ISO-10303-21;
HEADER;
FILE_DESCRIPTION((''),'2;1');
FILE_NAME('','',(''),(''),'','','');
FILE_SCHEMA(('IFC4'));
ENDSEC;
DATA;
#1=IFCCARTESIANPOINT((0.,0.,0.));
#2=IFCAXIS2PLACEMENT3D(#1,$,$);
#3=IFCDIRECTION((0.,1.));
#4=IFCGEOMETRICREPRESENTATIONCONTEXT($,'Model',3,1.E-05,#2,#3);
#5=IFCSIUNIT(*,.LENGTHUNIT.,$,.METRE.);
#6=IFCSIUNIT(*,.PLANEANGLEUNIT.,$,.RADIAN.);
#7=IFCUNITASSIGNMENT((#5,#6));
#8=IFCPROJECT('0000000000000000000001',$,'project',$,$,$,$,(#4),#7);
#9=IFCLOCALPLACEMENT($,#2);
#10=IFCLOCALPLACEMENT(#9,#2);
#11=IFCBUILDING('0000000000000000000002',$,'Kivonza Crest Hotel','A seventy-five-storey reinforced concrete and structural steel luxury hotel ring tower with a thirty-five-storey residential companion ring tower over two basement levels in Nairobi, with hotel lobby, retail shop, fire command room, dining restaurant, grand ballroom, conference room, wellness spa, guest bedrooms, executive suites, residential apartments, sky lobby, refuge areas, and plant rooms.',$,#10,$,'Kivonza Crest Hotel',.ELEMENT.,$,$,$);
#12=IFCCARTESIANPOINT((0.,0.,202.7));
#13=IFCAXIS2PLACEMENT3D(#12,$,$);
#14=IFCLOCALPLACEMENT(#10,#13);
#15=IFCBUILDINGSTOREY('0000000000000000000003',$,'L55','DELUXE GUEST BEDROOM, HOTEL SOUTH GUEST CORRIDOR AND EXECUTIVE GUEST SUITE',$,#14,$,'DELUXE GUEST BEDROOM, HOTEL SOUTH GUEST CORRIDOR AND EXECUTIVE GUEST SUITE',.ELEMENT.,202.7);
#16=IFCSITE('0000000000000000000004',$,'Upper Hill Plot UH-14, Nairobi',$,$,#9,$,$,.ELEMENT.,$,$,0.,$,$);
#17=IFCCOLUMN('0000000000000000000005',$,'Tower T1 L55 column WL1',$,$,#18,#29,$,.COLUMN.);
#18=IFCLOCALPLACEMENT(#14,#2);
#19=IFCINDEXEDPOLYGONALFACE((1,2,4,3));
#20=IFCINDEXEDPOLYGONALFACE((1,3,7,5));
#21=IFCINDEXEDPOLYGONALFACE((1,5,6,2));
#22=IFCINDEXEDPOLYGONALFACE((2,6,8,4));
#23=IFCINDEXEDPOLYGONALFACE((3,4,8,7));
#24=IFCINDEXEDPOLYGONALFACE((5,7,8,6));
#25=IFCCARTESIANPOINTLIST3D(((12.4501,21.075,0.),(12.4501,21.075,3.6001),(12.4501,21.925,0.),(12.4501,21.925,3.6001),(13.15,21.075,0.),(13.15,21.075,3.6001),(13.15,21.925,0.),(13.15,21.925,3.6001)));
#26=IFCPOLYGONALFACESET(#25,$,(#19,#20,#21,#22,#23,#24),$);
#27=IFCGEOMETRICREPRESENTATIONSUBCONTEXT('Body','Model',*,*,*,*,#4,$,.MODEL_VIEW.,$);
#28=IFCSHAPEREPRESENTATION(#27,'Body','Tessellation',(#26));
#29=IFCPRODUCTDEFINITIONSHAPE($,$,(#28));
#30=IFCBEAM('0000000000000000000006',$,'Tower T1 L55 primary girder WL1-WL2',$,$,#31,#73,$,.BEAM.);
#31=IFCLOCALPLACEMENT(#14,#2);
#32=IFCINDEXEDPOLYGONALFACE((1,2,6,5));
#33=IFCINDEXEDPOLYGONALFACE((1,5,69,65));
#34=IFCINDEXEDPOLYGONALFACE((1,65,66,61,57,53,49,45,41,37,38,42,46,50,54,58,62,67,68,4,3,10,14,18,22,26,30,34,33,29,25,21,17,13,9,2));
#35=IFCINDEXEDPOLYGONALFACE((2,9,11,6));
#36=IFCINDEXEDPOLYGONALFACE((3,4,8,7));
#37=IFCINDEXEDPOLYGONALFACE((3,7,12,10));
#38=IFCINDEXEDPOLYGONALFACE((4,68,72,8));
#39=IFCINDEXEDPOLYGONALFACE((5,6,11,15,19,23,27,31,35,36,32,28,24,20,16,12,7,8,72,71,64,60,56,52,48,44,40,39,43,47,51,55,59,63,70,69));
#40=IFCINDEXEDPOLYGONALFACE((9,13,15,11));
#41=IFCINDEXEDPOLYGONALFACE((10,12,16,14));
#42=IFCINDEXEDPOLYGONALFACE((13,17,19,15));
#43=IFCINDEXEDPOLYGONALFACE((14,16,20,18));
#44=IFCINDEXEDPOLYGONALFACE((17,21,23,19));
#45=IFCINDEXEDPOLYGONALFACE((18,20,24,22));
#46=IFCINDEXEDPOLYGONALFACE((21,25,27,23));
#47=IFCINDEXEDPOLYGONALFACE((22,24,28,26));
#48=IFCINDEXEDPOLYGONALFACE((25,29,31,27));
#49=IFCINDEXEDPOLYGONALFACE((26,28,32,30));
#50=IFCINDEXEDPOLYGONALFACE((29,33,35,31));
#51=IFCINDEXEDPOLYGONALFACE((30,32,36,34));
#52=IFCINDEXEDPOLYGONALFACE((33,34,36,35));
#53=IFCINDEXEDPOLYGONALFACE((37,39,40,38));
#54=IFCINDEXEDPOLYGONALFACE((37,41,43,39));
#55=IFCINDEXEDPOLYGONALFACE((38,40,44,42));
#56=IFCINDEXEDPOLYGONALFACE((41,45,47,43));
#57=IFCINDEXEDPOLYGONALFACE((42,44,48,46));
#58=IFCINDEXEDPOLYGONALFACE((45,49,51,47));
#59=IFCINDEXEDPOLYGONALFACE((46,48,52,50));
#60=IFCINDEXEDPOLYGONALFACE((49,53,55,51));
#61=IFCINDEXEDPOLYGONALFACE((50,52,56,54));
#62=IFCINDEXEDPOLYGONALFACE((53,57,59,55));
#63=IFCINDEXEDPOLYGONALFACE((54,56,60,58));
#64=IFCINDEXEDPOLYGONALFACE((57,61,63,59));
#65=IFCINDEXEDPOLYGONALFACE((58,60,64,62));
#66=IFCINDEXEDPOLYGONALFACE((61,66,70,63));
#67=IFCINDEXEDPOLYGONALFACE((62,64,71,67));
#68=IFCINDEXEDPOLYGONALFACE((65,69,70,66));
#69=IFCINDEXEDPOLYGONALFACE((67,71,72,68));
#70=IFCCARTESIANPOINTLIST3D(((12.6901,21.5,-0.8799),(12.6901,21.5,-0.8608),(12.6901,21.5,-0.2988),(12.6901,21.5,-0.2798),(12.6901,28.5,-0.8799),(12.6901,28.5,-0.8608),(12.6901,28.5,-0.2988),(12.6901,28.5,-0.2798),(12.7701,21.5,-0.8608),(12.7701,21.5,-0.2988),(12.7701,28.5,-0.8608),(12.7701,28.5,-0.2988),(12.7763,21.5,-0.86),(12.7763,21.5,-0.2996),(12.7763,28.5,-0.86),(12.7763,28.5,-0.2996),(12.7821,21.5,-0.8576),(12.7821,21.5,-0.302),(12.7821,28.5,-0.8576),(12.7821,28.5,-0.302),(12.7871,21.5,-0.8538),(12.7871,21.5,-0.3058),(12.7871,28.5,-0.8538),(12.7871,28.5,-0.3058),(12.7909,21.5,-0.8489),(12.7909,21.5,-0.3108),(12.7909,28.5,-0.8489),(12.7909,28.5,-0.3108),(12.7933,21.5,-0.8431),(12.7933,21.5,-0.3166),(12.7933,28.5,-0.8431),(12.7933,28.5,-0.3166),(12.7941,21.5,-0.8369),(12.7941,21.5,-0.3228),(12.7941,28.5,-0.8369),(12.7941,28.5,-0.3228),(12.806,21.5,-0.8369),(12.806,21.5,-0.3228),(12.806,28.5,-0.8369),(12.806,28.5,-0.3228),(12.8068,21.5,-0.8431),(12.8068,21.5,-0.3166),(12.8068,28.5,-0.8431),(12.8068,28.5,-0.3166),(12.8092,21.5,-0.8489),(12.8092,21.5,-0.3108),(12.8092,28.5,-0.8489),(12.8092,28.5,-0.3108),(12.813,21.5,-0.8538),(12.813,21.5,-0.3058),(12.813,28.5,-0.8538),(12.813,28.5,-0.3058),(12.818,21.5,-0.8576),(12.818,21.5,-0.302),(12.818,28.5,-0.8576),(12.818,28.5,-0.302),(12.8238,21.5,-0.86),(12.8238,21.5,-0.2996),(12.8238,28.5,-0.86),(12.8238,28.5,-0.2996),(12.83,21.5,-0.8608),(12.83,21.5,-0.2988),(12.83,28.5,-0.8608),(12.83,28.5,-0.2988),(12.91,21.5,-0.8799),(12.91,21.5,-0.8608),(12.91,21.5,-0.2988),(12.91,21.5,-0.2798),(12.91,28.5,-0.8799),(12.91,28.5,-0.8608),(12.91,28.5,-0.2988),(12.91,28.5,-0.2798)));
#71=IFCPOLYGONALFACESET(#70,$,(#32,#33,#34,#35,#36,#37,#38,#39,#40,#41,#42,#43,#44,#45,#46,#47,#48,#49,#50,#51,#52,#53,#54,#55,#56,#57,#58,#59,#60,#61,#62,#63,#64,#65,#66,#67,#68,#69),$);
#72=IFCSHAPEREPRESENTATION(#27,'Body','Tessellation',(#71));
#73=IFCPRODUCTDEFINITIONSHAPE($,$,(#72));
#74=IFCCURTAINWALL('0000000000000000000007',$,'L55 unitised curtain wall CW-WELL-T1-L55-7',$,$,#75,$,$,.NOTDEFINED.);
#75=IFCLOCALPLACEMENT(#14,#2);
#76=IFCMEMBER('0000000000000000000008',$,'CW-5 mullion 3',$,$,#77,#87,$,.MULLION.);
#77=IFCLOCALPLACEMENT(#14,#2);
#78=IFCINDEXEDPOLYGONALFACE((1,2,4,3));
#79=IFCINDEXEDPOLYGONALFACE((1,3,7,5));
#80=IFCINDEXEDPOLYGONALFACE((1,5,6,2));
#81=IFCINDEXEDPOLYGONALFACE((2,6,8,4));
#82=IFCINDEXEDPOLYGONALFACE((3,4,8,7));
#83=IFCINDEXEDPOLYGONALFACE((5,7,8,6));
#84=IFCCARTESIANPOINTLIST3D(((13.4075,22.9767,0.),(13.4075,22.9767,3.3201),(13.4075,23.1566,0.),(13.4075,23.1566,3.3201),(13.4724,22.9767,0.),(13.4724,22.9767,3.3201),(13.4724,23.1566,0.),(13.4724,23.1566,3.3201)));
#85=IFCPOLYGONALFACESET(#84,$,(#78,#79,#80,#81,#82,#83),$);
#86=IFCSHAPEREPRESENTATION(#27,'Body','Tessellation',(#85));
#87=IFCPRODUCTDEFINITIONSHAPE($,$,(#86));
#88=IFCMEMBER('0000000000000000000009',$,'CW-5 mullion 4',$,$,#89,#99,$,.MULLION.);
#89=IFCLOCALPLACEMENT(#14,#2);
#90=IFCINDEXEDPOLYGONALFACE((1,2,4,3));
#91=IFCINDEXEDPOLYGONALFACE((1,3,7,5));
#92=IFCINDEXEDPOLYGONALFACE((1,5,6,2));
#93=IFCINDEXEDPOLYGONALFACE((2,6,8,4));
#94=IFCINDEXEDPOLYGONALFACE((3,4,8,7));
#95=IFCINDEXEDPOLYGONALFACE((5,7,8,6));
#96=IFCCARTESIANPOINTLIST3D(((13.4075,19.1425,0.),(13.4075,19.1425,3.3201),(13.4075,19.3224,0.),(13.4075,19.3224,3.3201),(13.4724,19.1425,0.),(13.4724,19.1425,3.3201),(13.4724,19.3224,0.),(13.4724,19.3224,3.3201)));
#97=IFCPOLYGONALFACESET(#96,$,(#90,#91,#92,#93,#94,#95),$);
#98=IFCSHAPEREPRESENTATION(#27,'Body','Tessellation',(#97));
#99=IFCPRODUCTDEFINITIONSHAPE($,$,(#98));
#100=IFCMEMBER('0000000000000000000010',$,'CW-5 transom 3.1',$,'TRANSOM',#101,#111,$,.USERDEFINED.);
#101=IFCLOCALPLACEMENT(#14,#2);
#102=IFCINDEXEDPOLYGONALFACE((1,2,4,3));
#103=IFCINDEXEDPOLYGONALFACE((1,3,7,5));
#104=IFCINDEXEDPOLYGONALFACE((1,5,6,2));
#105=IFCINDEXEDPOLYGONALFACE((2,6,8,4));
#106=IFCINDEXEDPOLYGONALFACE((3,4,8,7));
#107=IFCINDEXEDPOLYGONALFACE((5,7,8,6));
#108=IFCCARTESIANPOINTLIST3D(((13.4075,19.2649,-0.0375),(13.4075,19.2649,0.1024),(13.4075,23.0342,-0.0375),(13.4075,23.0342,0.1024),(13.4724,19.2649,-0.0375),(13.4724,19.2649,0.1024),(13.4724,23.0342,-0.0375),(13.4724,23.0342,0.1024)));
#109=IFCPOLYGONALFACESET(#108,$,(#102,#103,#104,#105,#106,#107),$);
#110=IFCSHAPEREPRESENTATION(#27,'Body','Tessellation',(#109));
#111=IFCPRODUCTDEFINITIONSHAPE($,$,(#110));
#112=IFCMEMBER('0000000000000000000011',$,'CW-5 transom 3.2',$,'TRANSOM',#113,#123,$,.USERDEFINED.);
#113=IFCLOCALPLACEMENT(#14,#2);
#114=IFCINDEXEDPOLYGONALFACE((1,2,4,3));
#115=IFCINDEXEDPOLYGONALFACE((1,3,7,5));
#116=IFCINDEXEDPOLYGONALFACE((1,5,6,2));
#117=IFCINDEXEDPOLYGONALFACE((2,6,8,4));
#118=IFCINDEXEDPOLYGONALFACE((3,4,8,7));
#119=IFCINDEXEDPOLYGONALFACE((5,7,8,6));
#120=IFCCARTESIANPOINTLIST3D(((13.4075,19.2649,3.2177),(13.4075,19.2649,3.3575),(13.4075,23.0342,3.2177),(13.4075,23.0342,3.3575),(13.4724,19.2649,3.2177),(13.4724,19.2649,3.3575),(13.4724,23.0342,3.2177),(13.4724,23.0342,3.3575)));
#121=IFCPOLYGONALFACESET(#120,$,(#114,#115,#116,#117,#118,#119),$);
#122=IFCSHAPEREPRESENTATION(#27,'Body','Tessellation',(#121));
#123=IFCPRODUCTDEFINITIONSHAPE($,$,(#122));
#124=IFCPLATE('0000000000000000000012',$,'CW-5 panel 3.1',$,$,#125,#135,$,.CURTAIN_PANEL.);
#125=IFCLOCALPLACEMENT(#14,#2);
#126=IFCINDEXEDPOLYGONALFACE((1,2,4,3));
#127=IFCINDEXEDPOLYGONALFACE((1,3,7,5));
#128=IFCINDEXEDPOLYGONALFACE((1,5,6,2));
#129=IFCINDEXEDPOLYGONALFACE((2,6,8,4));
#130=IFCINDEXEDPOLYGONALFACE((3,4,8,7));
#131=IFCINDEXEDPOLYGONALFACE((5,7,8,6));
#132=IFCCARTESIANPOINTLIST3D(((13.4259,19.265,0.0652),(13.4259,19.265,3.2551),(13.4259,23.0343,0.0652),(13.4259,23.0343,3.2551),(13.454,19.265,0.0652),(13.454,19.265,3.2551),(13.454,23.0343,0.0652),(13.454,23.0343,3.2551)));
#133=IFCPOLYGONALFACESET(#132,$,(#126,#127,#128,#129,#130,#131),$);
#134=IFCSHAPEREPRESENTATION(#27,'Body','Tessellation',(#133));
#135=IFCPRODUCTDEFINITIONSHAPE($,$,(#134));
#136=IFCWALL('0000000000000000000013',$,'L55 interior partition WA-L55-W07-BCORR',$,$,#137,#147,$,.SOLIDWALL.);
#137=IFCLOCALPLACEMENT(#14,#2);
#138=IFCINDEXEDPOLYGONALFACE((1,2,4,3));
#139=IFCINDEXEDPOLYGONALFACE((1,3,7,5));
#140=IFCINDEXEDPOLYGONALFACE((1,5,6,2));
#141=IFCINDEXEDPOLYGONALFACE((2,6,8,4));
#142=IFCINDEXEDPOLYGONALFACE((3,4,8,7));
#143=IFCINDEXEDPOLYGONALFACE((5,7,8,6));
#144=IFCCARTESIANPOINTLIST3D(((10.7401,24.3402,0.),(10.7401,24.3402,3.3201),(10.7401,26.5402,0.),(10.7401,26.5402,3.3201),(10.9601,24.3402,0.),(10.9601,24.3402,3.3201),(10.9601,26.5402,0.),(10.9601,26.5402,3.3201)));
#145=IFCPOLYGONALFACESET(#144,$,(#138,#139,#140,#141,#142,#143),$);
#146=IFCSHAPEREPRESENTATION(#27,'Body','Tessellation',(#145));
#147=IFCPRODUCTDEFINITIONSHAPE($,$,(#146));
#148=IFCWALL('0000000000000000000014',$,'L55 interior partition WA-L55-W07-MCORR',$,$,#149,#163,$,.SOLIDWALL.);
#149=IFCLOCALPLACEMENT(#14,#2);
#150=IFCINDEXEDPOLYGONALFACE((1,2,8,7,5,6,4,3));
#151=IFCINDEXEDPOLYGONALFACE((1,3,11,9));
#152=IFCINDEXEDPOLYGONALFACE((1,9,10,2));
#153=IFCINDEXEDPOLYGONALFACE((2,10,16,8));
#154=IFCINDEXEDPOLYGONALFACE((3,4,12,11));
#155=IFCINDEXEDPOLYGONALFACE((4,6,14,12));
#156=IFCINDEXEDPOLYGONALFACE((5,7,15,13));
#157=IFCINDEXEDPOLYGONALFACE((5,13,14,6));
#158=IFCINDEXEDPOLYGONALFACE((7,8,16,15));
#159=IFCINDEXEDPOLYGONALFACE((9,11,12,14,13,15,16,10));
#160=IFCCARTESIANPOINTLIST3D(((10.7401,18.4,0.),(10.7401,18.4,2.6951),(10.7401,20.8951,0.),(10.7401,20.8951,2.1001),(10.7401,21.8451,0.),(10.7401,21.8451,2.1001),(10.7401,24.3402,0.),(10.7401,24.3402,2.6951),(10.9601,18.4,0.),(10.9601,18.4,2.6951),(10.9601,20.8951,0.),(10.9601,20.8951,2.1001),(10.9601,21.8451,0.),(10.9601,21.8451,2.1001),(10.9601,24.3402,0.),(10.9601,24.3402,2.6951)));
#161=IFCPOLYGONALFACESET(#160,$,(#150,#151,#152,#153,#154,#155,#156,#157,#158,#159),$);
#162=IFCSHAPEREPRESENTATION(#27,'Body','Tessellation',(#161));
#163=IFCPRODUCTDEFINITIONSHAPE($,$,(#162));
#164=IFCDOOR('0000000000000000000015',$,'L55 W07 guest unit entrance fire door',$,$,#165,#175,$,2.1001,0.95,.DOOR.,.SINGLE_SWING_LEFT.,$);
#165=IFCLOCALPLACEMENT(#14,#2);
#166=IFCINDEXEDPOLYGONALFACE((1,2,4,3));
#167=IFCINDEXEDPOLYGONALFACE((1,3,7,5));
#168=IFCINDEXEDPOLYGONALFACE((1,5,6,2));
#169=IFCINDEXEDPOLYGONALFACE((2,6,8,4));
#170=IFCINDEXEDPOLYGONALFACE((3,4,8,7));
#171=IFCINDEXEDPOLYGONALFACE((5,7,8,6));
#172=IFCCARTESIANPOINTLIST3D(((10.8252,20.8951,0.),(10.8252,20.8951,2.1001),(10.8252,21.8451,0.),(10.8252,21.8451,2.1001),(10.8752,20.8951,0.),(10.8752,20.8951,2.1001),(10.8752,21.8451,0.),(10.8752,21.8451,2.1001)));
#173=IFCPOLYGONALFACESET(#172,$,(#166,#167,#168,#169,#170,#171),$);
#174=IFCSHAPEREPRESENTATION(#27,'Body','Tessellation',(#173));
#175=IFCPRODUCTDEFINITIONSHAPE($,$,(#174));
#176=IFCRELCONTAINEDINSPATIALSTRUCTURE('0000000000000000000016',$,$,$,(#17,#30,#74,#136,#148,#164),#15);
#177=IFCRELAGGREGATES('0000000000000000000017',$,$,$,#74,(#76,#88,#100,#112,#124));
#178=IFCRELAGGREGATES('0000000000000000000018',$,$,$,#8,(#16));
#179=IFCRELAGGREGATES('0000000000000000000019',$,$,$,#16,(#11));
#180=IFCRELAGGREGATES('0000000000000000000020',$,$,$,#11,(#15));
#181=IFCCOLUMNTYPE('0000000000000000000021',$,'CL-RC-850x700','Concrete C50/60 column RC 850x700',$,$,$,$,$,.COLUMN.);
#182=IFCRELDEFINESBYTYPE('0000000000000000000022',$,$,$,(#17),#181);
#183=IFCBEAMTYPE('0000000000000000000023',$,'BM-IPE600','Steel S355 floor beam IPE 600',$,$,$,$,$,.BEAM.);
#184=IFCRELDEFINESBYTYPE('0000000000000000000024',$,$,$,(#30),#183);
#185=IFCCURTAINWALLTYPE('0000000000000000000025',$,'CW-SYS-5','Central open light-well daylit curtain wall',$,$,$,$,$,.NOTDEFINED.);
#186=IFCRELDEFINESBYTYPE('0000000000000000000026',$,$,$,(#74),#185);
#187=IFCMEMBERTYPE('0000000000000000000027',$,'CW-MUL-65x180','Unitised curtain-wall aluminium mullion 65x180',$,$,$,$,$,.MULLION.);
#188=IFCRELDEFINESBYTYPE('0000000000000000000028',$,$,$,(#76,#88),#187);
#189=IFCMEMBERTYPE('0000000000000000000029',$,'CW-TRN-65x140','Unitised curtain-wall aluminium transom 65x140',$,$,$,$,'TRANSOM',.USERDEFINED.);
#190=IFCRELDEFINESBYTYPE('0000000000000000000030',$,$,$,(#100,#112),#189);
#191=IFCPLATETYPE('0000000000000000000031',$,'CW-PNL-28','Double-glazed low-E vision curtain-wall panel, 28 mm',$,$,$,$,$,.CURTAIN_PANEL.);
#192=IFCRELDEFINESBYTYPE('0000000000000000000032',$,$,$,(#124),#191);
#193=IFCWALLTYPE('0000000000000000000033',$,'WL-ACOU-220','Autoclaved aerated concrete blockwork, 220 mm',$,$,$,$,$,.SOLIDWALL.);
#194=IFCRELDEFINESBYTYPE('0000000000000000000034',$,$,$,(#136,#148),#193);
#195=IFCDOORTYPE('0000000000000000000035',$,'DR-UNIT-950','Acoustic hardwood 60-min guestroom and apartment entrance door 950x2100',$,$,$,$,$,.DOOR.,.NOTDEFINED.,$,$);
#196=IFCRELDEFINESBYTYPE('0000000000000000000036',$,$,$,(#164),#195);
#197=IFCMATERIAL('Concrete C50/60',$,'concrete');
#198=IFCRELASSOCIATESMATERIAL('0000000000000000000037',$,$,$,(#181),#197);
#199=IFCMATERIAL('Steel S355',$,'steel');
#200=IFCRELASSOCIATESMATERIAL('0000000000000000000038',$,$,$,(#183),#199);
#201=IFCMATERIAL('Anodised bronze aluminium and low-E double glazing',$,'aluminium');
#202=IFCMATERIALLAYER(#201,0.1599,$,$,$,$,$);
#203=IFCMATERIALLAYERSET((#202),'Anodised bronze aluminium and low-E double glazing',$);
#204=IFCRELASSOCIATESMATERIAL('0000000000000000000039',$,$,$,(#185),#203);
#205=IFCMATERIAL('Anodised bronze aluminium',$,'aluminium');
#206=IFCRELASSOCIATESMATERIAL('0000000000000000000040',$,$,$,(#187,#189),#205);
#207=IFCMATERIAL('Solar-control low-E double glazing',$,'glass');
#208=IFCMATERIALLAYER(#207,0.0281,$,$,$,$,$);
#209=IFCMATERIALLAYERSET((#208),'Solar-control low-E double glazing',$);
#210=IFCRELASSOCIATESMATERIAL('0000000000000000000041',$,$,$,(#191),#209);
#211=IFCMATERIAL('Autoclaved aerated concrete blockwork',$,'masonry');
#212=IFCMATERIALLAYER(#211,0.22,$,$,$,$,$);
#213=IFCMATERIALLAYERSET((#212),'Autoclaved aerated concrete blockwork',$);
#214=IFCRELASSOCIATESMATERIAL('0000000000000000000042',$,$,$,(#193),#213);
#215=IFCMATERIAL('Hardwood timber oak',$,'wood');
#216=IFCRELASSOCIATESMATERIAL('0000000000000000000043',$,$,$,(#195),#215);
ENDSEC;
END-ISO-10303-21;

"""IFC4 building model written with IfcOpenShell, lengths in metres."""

from ifc_helpers import new_model, si_unit, direction, frame, frame_2d, origin, origin_2d, place, context, subcontext, project, spatial, rectangle, i_section, extrude, material, layer, layer_set, material_profile, profile_set, type_object, element, fill, aggregate, save


model = new_model("IFC4")

# Units and contexts
model_context = context("Model", 3, precision=1e-05, world=origin(), true_north=direction((0.0, 1.0)))
body_context = subcontext(model_context, "Body", "Model", "MODEL_VIEW")
ifc_project = project(units=[si_unit("LENGTHUNIT", "METRE"), si_unit("PLANEANGLEUNIT", "RADIAN")], contexts=[model_context])

# Site, building, storey
site_placement = place(None, origin())
site = spatial("IfcSite", under=ifc_project, at=site_placement, Name="Upper Hill Plot UH-14, Nairobi", CompositionType="ELEMENT", RefElevation=0.0)
building_placement = place(site_placement, origin())
building = spatial("IfcBuilding", under=site, at=building_placement, Name="Kivonza Crest Hotel", Description="A seventy-five-storey reinforced concrete and structural steel luxury hotel ring tower with a thirty-five-storey residential companion ring tower over two basement levels in Nairobi, with hotel lobby, retail shop, fire command room, dining restaurant, grand ballroom, conference room, wellness spa, guest bedrooms, executive suites, residential apartments, sky lobby, refuge areas, and plant rooms.", LongName="Kivonza Crest Hotel", CompositionType="ELEMENT")
storey_placement = place(building_placement, frame((0.0, 0.0, 202.7)))
storey = spatial("IfcBuildingStorey", under=building, at=storey_placement, Name="L55", Description="DELUXE GUEST BEDROOM, HOTEL SOUTH GUEST CORRIDOR AND EXECUTIVE GUEST SUITE", LongName="DELUXE GUEST BEDROOM, HOTEL SOUTH GUEST CORRIDOR AND EXECUTIVE GUEST SUITE", CompositionType="ELEMENT", Elevation=202.7)

# Column
ifc_material_1 = material(Name="Concrete C50/60", Category="concrete")
ifc_material_profile_1 = material_profile(ifc_material_1, rectangle(XDim=0.7, YDim=0.8501, at=origin_2d()), Name="RC 850x700")
ifc_profile_set_1 = profile_set([ifc_material_profile_1], Name="Concrete C50/60")
column_type = type_object("IfcColumnType", Name="CL-RC-850x700", Description="Concrete C50/60 column RC 850x700", PredefinedType="COLUMN", material=ifc_profile_set_1)
column_placement = place(storey_placement, frame((12.8, 21.5, 0.0), z_axis=(0.0, 0.0, 1.0), x_axis=(1.0, 0.0, 0.0)))
element("IfcColumn", 1, at=column_placement, inside=storey, type_object=column_type, Name="Tower T1 L55 column WL1", PredefinedType="COLUMN", context=body_context, shape_type="SweptSolid", body=[
    extrude(rectangle(XDim=0.7, YDim=0.8501, at=origin_2d()), origin(), (0.0, 0.0, 1.0), 3.6001),
])

# Beam
ifc_material_2 = material(Name="Steel S355", Category="steel")
ifc_material_profile_2 = material_profile(ifc_material_2, i_section(OverallWidth=0.22, OverallDepth=0.6001, WebThickness=0.012, FlangeThickness=0.019, FilletRadius=0.0239, at=origin_2d()), Name="IPE 600")
ifc_profile_set_2 = profile_set([ifc_material_profile_2], Name="Steel S355")
beam_type = type_object("IfcBeamType", Name="BM-IPE600", Description="Steel S355 floor beam IPE 600", PredefinedType="BEAM", material=ifc_profile_set_2)
beam_placement = place(storey_placement, frame((12.8, 21.5, -0.5798), z_axis=(0.0, 1.0, 0.0), x_axis=(-1.0, 0.0, 0.0)))
element("IfcBeam", 2, at=beam_placement, inside=storey, type_object=beam_type, Name="Tower T1 L55 primary girder WL1-WL2", PredefinedType="BEAM", context=body_context, shape_type="SweptSolid", body=[
    extrude(i_section(OverallWidth=0.22, OverallDepth=0.6001, WebThickness=0.012, FlangeThickness=0.019, FilletRadius=0.0239, at=origin_2d()), origin(), (0.0, 0.0, 1.0), 7.0),
])

# Curtain wall, members, plate
ifc_material_3 = material(Name="Anodised bronze aluminium and low-E double glazing", Category="aluminium")
ifc_layer_1 = layer(ifc_material_3, 0.1599)
ifc_layer_set_1 = layer_set([ifc_layer_1], Name="Anodised bronze aluminium and low-E double glazing")
curtain_wall_type = type_object("IfcCurtainWallType", Name="CW-SYS-5", Description="Central open light-well daylit curtain wall", PredefinedType="NOTDEFINED", material=ifc_layer_set_1)
curtain_wall_placement = place(storey_placement, origin())
curtain_wall = element("IfcCurtainWall", 3, at=curtain_wall_placement, inside=storey, type_object=curtain_wall_type, Name="L55 unitised curtain wall CW-WELL-T1-L55-7", PredefinedType="NOTDEFINED")
ifc_material_4 = material(Name="Anodised bronze aluminium", Category="aluminium")
ifc_material_profile_3 = material_profile(ifc_material_4, rectangle(XDim=0.0649, YDim=0.1799, at=origin_2d()), Name="CW-M 65x180")
ifc_profile_set_3 = profile_set([ifc_material_profile_3], Name="Anodised bronze aluminium")
member_type_1 = type_object("IfcMemberType", Name="CW-MUL-65x180", Description="Unitised curtain-wall aluminium mullion 65x180", PredefinedType="MULLION", material=ifc_profile_set_3)
member_1_placement = place(storey_placement, frame((13.4399, 23.0667, 0.0), z_axis=(0.0, 0.0, 1.0), x_axis=(1.0, 0.0, 0.0)))
member_1 = element("IfcMember", 4, at=member_1_placement, type_object=member_type_1, Name="CW-5 mullion 3", PredefinedType="MULLION", context=body_context, shape_type="SweptSolid", body=[
    extrude(rectangle(XDim=0.0649, YDim=0.1799, at=origin_2d()), origin(), (0.0, 0.0, 1.0), 3.3201),
])
member_2_placement = place(storey_placement, frame((13.4399, 19.2324, 0.0), z_axis=(0.0, 0.0, 1.0), x_axis=(1.0, 0.0, 0.0)))
member_2 = element("IfcMember", 5, at=member_2_placement, type_object=member_type_1, Name="CW-5 mullion 4", PredefinedType="MULLION", context=body_context, shape_type="SweptSolid", body=[
    extrude(rectangle(XDim=0.0649, YDim=0.1799, at=origin_2d()), origin(), (0.0, 0.0, 1.0), 3.3201),
])
ifc_material_profile_4 = material_profile(ifc_material_4, rectangle(XDim=0.0649, YDim=0.1399, at=origin_2d()), Name="CW-T 65x140")
ifc_profile_set_4 = profile_set([ifc_material_profile_4], Name="Anodised bronze aluminium")
member_type_2 = type_object("IfcMemberType", Name="CW-TRN-65x140", Description="Unitised curtain-wall aluminium transom 65x140", ElementType="TRANSOM", PredefinedType="USERDEFINED", material=ifc_profile_set_4)
member_3_placement = place(storey_placement, frame((13.4399, 23.0342, 0.0325), z_axis=(0.0, -1.0, 0.0), x_axis=(1.0, 0.0, 0.0)))
member_3 = element("IfcMember", 6, at=member_3_placement, type_object=member_type_2, Name="CW-5 transom 3.1", ObjectType="TRANSOM", PredefinedType="USERDEFINED", context=body_context, shape_type="SweptSolid", body=[
    extrude(rectangle(XDim=0.0649, YDim=0.1399, at=origin_2d()), origin(), (0.0, 0.0, 1.0), 3.7693),
])
member_4_placement = place(storey_placement, frame((13.4399, 23.0342, 3.2876), z_axis=(0.0, -1.0, 0.0), x_axis=(1.0, 0.0, 0.0)))
member_4 = element("IfcMember", 7, at=member_4_placement, type_object=member_type_2, Name="CW-5 transom 3.2", ObjectType="TRANSOM", PredefinedType="USERDEFINED", context=body_context, shape_type="SweptSolid", body=[
    extrude(rectangle(XDim=0.0649, YDim=0.1399, at=origin_2d()), origin(), (0.0, 0.0, 1.0), 3.7693),
])
ifc_material_5 = material(Name="Solar-control low-E double glazing", Category="glass")
ifc_layer_2 = layer(ifc_material_5, 0.0281)
ifc_layer_set_2 = layer_set([ifc_layer_2], Name="Solar-control low-E double glazing")
plate_type = type_object("IfcPlateType", Name="CW-PNL-28", Description="Double-glazed low-E vision curtain-wall panel, 28 mm", PredefinedType="CURTAIN_PANEL", material=ifc_layer_set_2)
plate_placement = place(storey_placement, frame((13.4399, 21.1497, 0.0652), z_axis=(0.0, 0.0, 1.0), x_axis=(0.0, -1.0, 0.0)))
plate = element("IfcPlate", 8, at=plate_placement, type_object=plate_type, Name="CW-5 panel 3.1", PredefinedType="CURTAIN_PANEL", context=body_context, shape_type="SweptSolid", body=[
    extrude(rectangle(XDim=3.7693, YDim=0.0281, at=origin_2d()), origin(), (0.0, 0.0, 1.0), 3.1899),
])
aggregate(curtain_wall, [member_1, member_2, member_3, member_4, plate])

# Wall
ifc_material_6 = material(Name="Autoclaved aerated concrete blockwork", Category="masonry")
ifc_layer_3 = layer(ifc_material_6, 0.22)
ifc_layer_set_3 = layer_set([ifc_layer_3], Name="Autoclaved aerated concrete blockwork")
wall_type_1 = type_object("IfcWallType", Name="WL-ACOU-220", Description="Autoclaved aerated concrete blockwork, 220 mm", PredefinedType="SOLIDWALL", material=ifc_layer_set_3)
wall_1_placement = place(storey_placement, frame((10.8501, 24.3401, 0.0), z_axis=(0.0, 0.0, 1.0), x_axis=(0.0, 1.0, 0.0)))
element("IfcWall", 9, at=wall_1_placement, inside=storey, type_object=wall_type_1, Name="L55 interior partition WA-L55-W07-BCORR", PredefinedType="SOLIDWALL", context=body_context, shape_type="SweptSolid", body=[
    extrude(rectangle(XDim=2.2, YDim=0.22, at=frame_2d((1.1001, 0.0))), origin(), (0.0, 0.0, 1.0), 3.3201),
])

# Wall, opening, door
wall_2_placement = place(storey_placement, frame((10.8501, 18.3999, 0.0), z_axis=(0.0, 0.0, 1.0), x_axis=(0.0, 1.0, 0.0)))
wall_2 = element("IfcWall", 10, at=wall_2_placement, inside=storey, type_object=wall_type_1, Name="L55 interior partition WA-L55-W07-MCORR", PredefinedType="SOLIDWALL", context=body_context, shape_type="SweptSolid", body=[
    extrude(rectangle(XDim=5.9402, YDim=0.22, at=frame_2d((2.9702, 0.0))), origin(), (0.0, 0.0, 1.0), 2.6951),
])
opening_1_placement = place(wall_2_placement, frame((2.4951, 0.0, 0.0)))
opening_1 = element("IfcOpeningElement", 11, at=opening_1_placement, cuts=wall_2, PredefinedType="OPENING", context=body_context, shape_type="SweptSolid", body=[
    extrude(rectangle(XDim=0.95, YDim=2.1001, at=frame_2d((0.4751, 1.05))), frame((0.0, 0.1201, 0.0), z_axis=(0.0, -1.0, 0.0), x_axis=(1.0, 0.0, 0.0)), (0.0, 0.0, 1.0), 0.24),
])
ifc_material_7 = material(Name="Hardwood timber oak", Category="wood")
door_type_1 = type_object("IfcDoorType", Name="DR-UNIT-950", Description="Acoustic hardwood 60-min guestroom and apartment entrance door 950x2100", OperationType="NOTDEFINED", PredefinedType="DOOR", material=ifc_material_7)
door_1_placement = place(opening_1_placement, origin())
door_1 = element("IfcDoor", 12, at=door_1_placement, inside=storey, type_object=door_type_1, Name="L55 W07 guest unit entrance fire door", OperationType="SINGLE_SWING_LEFT", OverallHeight=2.1001, OverallWidth=0.95, PredefinedType="DOOR", context=body_context, shape_type="SweptSolid", body=[
    extrude(rectangle(XDim=0.95, YDim=2.1001, at=frame_2d((0.4751, 1.05))), frame((0.0, 0.0249, 0.0), z_axis=(0.0, -1.0, 0.0), x_axis=(1.0, 0.0, 0.0)), (0.0, 0.0, 1.0), 0.05),
])
fill(opening_1, door_1)

save(model, "model.ifc")
